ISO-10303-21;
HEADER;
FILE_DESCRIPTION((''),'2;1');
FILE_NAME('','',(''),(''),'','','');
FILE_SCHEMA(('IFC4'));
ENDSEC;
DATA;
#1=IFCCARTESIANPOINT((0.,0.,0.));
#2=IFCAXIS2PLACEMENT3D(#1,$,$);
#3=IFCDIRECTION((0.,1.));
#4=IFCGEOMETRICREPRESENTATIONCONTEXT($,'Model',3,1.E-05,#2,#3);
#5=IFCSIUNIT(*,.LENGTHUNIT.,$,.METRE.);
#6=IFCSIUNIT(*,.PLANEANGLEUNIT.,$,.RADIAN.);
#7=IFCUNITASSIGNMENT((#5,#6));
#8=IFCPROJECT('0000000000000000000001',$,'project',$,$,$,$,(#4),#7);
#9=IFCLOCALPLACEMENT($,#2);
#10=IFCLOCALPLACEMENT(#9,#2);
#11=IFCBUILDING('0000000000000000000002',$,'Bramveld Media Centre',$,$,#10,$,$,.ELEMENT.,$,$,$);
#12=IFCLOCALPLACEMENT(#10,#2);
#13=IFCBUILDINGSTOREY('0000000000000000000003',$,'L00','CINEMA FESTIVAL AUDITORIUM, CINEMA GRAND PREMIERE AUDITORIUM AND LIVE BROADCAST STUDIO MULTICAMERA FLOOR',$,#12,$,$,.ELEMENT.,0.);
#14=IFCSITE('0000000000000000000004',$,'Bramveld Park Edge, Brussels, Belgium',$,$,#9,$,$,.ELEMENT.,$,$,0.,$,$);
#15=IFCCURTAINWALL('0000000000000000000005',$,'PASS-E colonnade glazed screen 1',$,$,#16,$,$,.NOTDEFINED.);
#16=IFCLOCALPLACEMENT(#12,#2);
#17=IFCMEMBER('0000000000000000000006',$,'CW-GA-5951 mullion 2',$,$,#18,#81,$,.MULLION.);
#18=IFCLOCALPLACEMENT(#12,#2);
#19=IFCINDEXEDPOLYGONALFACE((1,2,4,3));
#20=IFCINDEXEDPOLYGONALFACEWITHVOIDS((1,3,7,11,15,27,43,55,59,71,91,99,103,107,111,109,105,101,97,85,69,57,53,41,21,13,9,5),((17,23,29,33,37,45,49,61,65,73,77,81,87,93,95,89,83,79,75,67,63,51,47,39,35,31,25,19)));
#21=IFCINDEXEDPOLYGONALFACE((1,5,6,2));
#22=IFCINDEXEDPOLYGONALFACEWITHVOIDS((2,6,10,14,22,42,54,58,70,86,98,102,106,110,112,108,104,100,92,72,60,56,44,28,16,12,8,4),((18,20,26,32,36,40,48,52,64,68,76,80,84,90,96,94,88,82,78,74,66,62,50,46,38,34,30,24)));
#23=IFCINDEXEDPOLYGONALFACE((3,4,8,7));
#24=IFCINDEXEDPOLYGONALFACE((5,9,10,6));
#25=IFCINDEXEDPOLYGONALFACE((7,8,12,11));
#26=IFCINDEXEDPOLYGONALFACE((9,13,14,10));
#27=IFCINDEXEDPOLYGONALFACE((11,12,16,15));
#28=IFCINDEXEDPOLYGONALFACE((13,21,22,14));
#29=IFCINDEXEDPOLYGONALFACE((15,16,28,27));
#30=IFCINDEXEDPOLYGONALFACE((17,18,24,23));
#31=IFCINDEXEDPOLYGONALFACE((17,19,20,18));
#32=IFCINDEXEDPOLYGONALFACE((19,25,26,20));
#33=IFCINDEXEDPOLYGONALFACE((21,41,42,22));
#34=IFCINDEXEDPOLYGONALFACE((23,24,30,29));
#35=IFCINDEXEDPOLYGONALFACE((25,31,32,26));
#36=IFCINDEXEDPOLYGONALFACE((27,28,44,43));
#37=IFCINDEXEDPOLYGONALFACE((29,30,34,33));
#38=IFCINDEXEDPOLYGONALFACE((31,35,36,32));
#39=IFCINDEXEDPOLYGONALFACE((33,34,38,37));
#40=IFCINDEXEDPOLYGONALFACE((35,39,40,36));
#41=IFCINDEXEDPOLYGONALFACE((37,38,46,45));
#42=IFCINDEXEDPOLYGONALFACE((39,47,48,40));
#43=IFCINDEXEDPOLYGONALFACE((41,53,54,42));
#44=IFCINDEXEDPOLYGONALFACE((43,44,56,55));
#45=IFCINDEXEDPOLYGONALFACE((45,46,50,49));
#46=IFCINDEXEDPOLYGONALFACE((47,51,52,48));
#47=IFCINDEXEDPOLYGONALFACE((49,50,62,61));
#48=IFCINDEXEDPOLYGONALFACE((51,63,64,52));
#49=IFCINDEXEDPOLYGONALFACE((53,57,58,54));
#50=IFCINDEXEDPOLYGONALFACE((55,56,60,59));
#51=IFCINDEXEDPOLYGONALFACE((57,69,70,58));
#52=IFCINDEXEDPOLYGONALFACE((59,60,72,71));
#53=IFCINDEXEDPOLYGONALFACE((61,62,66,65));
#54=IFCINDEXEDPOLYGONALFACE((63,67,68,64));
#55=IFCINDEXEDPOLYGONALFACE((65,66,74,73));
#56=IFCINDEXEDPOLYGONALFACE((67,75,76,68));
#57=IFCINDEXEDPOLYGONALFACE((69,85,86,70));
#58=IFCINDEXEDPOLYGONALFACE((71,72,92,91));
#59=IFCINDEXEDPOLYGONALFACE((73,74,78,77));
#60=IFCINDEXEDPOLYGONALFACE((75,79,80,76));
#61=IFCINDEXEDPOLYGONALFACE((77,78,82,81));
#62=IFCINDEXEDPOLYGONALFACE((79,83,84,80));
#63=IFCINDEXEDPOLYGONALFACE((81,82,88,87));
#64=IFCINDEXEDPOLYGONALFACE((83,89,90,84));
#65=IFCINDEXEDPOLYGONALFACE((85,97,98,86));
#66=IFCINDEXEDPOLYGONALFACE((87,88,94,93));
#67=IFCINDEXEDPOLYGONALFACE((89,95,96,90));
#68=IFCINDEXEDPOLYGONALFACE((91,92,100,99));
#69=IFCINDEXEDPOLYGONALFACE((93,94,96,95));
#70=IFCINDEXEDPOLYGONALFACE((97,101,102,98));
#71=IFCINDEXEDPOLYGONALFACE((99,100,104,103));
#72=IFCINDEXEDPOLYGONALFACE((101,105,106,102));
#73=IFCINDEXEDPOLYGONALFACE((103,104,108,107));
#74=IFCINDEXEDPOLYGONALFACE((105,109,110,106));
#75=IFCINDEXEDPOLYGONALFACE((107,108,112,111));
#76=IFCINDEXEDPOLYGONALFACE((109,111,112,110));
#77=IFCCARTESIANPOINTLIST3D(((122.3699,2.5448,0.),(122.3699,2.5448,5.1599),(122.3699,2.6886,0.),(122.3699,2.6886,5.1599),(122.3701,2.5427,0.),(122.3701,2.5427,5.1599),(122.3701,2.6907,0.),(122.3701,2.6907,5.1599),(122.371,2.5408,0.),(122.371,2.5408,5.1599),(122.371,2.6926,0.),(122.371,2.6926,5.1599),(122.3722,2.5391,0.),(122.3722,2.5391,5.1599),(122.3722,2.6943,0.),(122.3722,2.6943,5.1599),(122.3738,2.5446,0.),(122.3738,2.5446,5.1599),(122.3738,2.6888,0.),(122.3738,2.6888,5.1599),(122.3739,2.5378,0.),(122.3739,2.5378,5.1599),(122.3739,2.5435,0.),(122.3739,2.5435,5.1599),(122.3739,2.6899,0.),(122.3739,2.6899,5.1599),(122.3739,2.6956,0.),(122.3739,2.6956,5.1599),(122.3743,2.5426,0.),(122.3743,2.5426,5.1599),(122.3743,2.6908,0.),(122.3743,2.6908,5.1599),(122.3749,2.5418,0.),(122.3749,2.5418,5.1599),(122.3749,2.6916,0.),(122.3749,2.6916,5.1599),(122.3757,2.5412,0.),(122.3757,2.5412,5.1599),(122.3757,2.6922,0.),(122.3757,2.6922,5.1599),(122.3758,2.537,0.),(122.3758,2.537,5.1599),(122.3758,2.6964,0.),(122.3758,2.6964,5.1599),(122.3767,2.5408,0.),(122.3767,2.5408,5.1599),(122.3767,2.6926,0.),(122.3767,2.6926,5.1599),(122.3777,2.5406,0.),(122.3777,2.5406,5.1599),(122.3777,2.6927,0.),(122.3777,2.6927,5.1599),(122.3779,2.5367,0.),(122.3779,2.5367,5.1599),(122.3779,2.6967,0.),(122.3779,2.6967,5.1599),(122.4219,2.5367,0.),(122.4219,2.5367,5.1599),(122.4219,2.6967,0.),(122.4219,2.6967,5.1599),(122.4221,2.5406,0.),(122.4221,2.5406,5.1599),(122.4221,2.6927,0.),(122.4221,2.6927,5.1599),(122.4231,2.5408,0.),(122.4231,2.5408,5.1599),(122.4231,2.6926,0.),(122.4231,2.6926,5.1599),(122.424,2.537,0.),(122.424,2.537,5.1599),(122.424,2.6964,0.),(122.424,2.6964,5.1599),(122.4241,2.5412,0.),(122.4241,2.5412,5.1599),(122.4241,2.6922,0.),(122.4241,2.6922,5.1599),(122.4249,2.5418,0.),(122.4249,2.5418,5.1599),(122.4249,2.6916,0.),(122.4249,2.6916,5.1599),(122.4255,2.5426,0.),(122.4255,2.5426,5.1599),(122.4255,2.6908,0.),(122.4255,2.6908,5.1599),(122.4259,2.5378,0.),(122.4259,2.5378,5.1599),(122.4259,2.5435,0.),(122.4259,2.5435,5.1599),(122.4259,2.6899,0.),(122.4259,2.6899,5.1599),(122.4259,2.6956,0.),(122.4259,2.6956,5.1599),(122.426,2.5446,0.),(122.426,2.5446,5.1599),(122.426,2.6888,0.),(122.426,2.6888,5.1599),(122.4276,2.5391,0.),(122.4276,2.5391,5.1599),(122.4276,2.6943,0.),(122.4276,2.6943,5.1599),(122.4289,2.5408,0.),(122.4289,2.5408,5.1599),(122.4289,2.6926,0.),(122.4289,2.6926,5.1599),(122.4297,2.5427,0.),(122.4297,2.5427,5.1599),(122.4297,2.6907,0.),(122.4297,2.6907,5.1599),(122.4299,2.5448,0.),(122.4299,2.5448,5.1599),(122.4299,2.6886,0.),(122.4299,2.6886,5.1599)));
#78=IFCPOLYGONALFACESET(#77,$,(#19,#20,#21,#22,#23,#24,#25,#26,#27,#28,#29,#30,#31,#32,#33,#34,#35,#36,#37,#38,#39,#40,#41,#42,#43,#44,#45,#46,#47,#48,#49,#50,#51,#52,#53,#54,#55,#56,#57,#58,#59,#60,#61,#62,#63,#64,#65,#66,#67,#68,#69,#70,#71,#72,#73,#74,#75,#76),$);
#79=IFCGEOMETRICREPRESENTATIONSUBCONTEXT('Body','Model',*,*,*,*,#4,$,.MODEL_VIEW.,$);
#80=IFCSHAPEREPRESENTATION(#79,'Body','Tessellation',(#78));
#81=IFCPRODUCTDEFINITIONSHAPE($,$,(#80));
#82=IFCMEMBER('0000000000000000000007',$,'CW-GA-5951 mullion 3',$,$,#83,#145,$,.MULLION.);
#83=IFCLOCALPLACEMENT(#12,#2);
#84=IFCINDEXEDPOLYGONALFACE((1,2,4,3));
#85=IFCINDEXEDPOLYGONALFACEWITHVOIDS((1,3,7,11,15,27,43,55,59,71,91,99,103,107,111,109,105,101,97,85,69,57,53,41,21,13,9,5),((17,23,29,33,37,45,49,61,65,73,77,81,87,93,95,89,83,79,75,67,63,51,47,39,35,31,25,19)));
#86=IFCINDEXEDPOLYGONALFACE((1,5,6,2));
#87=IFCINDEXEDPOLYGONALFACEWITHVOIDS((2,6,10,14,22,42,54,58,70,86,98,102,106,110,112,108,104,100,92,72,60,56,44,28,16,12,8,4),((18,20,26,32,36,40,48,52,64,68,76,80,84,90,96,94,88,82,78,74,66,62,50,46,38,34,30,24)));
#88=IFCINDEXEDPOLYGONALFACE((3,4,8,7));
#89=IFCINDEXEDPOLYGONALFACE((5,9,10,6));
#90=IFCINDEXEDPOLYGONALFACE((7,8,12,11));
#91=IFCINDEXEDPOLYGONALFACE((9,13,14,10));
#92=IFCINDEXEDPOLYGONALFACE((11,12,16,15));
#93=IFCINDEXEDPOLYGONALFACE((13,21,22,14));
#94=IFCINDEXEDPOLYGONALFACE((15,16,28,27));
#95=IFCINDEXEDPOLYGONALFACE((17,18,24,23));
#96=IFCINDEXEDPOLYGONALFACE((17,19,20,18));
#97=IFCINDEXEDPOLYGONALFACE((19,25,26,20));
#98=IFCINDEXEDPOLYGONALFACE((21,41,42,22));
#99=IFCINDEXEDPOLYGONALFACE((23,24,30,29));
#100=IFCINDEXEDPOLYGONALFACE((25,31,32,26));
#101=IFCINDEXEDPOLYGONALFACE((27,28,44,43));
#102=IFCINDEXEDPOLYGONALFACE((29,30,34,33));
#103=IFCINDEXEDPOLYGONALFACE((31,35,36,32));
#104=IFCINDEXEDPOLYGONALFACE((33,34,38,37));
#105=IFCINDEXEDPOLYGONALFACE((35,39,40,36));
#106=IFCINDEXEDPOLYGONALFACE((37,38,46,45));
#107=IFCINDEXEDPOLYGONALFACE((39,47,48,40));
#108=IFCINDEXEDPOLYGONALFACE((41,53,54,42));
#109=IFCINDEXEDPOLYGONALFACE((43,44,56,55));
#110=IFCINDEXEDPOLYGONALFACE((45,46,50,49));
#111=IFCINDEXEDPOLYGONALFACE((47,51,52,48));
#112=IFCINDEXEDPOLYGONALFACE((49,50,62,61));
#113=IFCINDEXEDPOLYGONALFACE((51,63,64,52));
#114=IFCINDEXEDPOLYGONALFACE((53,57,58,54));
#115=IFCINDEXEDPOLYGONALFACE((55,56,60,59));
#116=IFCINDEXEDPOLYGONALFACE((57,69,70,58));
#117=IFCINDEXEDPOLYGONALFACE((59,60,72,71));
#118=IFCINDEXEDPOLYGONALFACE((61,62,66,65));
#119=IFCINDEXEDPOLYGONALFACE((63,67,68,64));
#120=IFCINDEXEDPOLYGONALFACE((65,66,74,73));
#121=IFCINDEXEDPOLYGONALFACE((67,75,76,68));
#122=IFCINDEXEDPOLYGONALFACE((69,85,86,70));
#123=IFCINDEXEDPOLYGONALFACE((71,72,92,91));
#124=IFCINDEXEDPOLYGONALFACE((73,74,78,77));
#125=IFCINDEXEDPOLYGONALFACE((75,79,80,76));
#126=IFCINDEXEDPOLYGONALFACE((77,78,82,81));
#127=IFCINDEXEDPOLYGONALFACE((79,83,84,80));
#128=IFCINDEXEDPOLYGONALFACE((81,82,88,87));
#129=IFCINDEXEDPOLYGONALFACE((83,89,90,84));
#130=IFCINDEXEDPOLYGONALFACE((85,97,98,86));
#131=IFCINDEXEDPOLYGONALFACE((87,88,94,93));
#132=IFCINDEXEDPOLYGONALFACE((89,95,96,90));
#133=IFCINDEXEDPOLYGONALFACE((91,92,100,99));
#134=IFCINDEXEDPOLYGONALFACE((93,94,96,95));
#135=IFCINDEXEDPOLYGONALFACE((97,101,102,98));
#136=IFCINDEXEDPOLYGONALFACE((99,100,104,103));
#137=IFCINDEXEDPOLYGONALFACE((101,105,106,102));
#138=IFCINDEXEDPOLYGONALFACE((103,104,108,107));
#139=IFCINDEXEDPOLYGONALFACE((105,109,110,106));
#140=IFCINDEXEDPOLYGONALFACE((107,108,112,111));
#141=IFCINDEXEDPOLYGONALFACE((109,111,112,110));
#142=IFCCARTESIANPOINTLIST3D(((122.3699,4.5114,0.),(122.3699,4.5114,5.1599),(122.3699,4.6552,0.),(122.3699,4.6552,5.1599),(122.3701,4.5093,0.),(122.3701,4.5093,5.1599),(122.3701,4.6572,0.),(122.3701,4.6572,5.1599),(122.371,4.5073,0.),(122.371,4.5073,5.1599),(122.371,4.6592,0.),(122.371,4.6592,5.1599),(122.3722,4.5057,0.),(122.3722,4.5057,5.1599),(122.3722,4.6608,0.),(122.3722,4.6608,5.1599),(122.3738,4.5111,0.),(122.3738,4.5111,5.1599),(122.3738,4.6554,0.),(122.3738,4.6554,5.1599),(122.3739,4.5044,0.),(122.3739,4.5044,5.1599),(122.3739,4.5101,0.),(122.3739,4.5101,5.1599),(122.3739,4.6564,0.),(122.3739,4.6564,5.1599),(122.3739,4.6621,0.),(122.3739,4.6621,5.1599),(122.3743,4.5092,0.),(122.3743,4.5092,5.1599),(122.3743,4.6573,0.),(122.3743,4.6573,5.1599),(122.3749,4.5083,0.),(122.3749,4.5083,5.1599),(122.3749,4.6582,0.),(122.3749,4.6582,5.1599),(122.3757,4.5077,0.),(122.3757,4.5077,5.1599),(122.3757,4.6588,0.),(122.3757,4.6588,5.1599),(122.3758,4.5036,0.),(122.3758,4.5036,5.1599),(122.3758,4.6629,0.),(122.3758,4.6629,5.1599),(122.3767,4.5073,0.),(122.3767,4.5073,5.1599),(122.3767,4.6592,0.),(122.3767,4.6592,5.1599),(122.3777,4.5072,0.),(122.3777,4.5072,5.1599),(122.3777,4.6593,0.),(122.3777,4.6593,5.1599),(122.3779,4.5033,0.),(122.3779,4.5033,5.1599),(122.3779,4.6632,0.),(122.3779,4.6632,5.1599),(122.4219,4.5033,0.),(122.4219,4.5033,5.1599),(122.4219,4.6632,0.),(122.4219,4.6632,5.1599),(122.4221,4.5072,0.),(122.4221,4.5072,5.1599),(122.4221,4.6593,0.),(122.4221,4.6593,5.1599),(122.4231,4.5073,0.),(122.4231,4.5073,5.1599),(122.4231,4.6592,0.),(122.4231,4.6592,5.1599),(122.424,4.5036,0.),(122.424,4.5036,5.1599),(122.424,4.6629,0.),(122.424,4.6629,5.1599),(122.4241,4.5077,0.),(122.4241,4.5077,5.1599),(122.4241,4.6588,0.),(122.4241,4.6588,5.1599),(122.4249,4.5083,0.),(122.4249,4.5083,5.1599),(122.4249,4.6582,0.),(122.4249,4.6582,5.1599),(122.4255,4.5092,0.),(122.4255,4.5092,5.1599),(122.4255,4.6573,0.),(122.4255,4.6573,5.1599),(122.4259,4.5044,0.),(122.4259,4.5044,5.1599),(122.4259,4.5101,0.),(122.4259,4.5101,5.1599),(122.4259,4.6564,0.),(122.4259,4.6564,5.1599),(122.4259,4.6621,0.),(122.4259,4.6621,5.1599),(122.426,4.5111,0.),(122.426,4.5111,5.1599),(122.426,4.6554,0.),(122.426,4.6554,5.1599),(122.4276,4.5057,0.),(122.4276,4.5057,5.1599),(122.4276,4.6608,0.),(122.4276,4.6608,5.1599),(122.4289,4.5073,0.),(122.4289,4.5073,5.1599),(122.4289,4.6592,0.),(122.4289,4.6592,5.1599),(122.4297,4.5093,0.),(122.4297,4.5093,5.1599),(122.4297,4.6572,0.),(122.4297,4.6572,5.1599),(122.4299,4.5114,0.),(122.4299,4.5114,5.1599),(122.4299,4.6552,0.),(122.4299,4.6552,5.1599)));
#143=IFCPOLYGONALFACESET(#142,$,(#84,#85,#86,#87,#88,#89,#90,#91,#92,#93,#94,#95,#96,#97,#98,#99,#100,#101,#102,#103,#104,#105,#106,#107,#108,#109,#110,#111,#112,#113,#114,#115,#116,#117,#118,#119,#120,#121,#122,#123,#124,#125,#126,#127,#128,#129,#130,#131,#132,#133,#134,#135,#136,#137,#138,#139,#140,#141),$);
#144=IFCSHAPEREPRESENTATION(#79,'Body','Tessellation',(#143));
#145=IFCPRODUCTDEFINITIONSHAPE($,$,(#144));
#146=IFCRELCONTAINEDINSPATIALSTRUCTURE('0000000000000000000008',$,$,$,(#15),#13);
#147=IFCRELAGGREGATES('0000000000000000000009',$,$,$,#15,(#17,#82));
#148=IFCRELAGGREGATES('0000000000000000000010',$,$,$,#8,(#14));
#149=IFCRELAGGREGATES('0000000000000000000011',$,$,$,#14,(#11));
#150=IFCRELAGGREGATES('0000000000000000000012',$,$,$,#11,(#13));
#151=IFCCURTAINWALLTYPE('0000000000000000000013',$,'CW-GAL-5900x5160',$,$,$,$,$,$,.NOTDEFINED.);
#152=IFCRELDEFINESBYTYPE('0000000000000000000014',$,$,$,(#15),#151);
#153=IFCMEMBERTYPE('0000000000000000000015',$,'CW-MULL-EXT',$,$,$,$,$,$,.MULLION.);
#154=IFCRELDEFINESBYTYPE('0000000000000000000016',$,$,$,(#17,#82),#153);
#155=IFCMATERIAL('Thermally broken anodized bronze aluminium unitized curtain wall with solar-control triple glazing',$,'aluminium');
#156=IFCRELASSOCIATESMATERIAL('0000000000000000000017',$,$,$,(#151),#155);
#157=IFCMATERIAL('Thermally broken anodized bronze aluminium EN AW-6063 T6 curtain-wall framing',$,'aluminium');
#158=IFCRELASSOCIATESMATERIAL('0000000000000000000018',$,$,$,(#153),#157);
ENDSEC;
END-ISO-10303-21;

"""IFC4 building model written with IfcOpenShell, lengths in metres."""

from ifc_helpers import new_model, si_unit, direction, frame, origin, origin_2d, place, context, subcontext, project, spatial, hollow_rectangle, extrude, material, material_profile, profile_set, type_object, element, aggregate, save


model = new_model("IFC4")

# Units and contexts
model_context = context("Model", 3, precision=1e-05, world=origin(), true_north=direction((0.0, 1.0)))
body_context = subcontext(model_context, "Body", "Model", "MODEL_VIEW")
ifc_project = project(units=[si_unit("LENGTHUNIT", "METRE"), si_unit("PLANEANGLEUNIT", "RADIAN")], contexts=[model_context])

# Site, building, storey
site_placement = place(None, origin())
site = spatial("IfcSite", under=ifc_project, at=site_placement, Name="Bramveld Park Edge, Brussels, Belgium", CompositionType="ELEMENT", RefElevation=0.0)
building_placement = place(site_placement, origin())
building = spatial("IfcBuilding", under=site, at=building_placement, Name="Bramveld Media Centre", CompositionType="ELEMENT")
storey_placement = place(building_placement, origin())
storey = spatial("IfcBuildingStorey", under=building, at=storey_placement, Name="L00", Description="CINEMA FESTIVAL AUDITORIUM, CINEMA GRAND PREMIERE AUDITORIUM AND LIVE BROADCAST STUDIO MULTICAMERA FLOOR", CompositionType="ELEMENT", Elevation=0.0)

# Shared definitions
ifc_material_1 = material(Name="Thermally broken anodized bronze aluminium unitized curtain wall with solar-control triple glazing", Category="aluminium")
curtain_wall_type = type_object("IfcCurtainWallType", Name="CW-GAL-5900x5160", PredefinedType="NOTDEFINED", material=ifc_material_1)
ifc_material_2 = material(Name="Thermally broken anodized bronze aluminium EN AW-6063 T6 curtain-wall framing", Category="aluminium")
ifc_material_profile_1 = material_profile(ifc_material_2, hollow_rectangle(XDim=0.0601, YDim=0.1599, WallThickness=0.0039, InnerFilletRadius=0.0039, OuterFilletRadius=0.0081, at=origin_2d()), Name="AL-MULL 60x160")
ifc_profile_set_1 = profile_set([ifc_material_profile_1], Name="Thermally broken anodized bronze aluminium EN AW-6063 T6 curtain-wall framing")
member_type_1 = type_object("IfcMemberType", Name="CW-MULL-EXT", PredefinedType="MULLION", material=ifc_profile_set_1)

# Curtain wall, members
curtain_wall_1_placement = place(storey_placement, origin())
curtain_wall_1 = element("IfcCurtainWall", 1, at=curtain_wall_1_placement, inside=storey, type_object=curtain_wall_type, Name="PASS-E colonnade glazed screen 1", PredefinedType="NOTDEFINED")
member_1_placement = place(storey_placement, frame((122.3999, 2.6167, 0.0), z_axis=(0.0, 0.0, 1.0), x_axis=(-1.0, 0.0, 0.0)))
member_1 = element("IfcMember", 2, at=member_1_placement, type_object=member_type_1, Name="CW-GA-5951 mullion 2", PredefinedType="MULLION", context=body_context, shape_type="SweptSolid", body=[
    extrude(hollow_rectangle(XDim=0.0601, YDim=0.1599, WallThickness=0.0039, InnerFilletRadius=0.0039, OuterFilletRadius=0.0081, at=origin_2d()), origin(), (0.0, 0.0, 1.0), 5.1599),
])
member_2_placement = place(storey_placement, frame((122.3999, 4.5833, 0.0), z_axis=(0.0, 0.0, 1.0), x_axis=(-1.0, 0.0, 0.0)))
member_2 = element("IfcMember", 3, at=member_2_placement, type_object=member_type_1, Name="CW-GA-5951 mullion 3", PredefinedType="MULLION", context=body_context, shape_type="SweptSolid", body=[
    extrude(hollow_rectangle(XDim=0.0601, YDim=0.1599, WallThickness=0.0039, InnerFilletRadius=0.0039, OuterFilletRadius=0.0081, at=origin_2d()), origin(), (0.0, 0.0, 1.0), 5.1599),
])

aggregate(curtain_wall_1, [member_1, member_2])

save(model, "model.ifc")
